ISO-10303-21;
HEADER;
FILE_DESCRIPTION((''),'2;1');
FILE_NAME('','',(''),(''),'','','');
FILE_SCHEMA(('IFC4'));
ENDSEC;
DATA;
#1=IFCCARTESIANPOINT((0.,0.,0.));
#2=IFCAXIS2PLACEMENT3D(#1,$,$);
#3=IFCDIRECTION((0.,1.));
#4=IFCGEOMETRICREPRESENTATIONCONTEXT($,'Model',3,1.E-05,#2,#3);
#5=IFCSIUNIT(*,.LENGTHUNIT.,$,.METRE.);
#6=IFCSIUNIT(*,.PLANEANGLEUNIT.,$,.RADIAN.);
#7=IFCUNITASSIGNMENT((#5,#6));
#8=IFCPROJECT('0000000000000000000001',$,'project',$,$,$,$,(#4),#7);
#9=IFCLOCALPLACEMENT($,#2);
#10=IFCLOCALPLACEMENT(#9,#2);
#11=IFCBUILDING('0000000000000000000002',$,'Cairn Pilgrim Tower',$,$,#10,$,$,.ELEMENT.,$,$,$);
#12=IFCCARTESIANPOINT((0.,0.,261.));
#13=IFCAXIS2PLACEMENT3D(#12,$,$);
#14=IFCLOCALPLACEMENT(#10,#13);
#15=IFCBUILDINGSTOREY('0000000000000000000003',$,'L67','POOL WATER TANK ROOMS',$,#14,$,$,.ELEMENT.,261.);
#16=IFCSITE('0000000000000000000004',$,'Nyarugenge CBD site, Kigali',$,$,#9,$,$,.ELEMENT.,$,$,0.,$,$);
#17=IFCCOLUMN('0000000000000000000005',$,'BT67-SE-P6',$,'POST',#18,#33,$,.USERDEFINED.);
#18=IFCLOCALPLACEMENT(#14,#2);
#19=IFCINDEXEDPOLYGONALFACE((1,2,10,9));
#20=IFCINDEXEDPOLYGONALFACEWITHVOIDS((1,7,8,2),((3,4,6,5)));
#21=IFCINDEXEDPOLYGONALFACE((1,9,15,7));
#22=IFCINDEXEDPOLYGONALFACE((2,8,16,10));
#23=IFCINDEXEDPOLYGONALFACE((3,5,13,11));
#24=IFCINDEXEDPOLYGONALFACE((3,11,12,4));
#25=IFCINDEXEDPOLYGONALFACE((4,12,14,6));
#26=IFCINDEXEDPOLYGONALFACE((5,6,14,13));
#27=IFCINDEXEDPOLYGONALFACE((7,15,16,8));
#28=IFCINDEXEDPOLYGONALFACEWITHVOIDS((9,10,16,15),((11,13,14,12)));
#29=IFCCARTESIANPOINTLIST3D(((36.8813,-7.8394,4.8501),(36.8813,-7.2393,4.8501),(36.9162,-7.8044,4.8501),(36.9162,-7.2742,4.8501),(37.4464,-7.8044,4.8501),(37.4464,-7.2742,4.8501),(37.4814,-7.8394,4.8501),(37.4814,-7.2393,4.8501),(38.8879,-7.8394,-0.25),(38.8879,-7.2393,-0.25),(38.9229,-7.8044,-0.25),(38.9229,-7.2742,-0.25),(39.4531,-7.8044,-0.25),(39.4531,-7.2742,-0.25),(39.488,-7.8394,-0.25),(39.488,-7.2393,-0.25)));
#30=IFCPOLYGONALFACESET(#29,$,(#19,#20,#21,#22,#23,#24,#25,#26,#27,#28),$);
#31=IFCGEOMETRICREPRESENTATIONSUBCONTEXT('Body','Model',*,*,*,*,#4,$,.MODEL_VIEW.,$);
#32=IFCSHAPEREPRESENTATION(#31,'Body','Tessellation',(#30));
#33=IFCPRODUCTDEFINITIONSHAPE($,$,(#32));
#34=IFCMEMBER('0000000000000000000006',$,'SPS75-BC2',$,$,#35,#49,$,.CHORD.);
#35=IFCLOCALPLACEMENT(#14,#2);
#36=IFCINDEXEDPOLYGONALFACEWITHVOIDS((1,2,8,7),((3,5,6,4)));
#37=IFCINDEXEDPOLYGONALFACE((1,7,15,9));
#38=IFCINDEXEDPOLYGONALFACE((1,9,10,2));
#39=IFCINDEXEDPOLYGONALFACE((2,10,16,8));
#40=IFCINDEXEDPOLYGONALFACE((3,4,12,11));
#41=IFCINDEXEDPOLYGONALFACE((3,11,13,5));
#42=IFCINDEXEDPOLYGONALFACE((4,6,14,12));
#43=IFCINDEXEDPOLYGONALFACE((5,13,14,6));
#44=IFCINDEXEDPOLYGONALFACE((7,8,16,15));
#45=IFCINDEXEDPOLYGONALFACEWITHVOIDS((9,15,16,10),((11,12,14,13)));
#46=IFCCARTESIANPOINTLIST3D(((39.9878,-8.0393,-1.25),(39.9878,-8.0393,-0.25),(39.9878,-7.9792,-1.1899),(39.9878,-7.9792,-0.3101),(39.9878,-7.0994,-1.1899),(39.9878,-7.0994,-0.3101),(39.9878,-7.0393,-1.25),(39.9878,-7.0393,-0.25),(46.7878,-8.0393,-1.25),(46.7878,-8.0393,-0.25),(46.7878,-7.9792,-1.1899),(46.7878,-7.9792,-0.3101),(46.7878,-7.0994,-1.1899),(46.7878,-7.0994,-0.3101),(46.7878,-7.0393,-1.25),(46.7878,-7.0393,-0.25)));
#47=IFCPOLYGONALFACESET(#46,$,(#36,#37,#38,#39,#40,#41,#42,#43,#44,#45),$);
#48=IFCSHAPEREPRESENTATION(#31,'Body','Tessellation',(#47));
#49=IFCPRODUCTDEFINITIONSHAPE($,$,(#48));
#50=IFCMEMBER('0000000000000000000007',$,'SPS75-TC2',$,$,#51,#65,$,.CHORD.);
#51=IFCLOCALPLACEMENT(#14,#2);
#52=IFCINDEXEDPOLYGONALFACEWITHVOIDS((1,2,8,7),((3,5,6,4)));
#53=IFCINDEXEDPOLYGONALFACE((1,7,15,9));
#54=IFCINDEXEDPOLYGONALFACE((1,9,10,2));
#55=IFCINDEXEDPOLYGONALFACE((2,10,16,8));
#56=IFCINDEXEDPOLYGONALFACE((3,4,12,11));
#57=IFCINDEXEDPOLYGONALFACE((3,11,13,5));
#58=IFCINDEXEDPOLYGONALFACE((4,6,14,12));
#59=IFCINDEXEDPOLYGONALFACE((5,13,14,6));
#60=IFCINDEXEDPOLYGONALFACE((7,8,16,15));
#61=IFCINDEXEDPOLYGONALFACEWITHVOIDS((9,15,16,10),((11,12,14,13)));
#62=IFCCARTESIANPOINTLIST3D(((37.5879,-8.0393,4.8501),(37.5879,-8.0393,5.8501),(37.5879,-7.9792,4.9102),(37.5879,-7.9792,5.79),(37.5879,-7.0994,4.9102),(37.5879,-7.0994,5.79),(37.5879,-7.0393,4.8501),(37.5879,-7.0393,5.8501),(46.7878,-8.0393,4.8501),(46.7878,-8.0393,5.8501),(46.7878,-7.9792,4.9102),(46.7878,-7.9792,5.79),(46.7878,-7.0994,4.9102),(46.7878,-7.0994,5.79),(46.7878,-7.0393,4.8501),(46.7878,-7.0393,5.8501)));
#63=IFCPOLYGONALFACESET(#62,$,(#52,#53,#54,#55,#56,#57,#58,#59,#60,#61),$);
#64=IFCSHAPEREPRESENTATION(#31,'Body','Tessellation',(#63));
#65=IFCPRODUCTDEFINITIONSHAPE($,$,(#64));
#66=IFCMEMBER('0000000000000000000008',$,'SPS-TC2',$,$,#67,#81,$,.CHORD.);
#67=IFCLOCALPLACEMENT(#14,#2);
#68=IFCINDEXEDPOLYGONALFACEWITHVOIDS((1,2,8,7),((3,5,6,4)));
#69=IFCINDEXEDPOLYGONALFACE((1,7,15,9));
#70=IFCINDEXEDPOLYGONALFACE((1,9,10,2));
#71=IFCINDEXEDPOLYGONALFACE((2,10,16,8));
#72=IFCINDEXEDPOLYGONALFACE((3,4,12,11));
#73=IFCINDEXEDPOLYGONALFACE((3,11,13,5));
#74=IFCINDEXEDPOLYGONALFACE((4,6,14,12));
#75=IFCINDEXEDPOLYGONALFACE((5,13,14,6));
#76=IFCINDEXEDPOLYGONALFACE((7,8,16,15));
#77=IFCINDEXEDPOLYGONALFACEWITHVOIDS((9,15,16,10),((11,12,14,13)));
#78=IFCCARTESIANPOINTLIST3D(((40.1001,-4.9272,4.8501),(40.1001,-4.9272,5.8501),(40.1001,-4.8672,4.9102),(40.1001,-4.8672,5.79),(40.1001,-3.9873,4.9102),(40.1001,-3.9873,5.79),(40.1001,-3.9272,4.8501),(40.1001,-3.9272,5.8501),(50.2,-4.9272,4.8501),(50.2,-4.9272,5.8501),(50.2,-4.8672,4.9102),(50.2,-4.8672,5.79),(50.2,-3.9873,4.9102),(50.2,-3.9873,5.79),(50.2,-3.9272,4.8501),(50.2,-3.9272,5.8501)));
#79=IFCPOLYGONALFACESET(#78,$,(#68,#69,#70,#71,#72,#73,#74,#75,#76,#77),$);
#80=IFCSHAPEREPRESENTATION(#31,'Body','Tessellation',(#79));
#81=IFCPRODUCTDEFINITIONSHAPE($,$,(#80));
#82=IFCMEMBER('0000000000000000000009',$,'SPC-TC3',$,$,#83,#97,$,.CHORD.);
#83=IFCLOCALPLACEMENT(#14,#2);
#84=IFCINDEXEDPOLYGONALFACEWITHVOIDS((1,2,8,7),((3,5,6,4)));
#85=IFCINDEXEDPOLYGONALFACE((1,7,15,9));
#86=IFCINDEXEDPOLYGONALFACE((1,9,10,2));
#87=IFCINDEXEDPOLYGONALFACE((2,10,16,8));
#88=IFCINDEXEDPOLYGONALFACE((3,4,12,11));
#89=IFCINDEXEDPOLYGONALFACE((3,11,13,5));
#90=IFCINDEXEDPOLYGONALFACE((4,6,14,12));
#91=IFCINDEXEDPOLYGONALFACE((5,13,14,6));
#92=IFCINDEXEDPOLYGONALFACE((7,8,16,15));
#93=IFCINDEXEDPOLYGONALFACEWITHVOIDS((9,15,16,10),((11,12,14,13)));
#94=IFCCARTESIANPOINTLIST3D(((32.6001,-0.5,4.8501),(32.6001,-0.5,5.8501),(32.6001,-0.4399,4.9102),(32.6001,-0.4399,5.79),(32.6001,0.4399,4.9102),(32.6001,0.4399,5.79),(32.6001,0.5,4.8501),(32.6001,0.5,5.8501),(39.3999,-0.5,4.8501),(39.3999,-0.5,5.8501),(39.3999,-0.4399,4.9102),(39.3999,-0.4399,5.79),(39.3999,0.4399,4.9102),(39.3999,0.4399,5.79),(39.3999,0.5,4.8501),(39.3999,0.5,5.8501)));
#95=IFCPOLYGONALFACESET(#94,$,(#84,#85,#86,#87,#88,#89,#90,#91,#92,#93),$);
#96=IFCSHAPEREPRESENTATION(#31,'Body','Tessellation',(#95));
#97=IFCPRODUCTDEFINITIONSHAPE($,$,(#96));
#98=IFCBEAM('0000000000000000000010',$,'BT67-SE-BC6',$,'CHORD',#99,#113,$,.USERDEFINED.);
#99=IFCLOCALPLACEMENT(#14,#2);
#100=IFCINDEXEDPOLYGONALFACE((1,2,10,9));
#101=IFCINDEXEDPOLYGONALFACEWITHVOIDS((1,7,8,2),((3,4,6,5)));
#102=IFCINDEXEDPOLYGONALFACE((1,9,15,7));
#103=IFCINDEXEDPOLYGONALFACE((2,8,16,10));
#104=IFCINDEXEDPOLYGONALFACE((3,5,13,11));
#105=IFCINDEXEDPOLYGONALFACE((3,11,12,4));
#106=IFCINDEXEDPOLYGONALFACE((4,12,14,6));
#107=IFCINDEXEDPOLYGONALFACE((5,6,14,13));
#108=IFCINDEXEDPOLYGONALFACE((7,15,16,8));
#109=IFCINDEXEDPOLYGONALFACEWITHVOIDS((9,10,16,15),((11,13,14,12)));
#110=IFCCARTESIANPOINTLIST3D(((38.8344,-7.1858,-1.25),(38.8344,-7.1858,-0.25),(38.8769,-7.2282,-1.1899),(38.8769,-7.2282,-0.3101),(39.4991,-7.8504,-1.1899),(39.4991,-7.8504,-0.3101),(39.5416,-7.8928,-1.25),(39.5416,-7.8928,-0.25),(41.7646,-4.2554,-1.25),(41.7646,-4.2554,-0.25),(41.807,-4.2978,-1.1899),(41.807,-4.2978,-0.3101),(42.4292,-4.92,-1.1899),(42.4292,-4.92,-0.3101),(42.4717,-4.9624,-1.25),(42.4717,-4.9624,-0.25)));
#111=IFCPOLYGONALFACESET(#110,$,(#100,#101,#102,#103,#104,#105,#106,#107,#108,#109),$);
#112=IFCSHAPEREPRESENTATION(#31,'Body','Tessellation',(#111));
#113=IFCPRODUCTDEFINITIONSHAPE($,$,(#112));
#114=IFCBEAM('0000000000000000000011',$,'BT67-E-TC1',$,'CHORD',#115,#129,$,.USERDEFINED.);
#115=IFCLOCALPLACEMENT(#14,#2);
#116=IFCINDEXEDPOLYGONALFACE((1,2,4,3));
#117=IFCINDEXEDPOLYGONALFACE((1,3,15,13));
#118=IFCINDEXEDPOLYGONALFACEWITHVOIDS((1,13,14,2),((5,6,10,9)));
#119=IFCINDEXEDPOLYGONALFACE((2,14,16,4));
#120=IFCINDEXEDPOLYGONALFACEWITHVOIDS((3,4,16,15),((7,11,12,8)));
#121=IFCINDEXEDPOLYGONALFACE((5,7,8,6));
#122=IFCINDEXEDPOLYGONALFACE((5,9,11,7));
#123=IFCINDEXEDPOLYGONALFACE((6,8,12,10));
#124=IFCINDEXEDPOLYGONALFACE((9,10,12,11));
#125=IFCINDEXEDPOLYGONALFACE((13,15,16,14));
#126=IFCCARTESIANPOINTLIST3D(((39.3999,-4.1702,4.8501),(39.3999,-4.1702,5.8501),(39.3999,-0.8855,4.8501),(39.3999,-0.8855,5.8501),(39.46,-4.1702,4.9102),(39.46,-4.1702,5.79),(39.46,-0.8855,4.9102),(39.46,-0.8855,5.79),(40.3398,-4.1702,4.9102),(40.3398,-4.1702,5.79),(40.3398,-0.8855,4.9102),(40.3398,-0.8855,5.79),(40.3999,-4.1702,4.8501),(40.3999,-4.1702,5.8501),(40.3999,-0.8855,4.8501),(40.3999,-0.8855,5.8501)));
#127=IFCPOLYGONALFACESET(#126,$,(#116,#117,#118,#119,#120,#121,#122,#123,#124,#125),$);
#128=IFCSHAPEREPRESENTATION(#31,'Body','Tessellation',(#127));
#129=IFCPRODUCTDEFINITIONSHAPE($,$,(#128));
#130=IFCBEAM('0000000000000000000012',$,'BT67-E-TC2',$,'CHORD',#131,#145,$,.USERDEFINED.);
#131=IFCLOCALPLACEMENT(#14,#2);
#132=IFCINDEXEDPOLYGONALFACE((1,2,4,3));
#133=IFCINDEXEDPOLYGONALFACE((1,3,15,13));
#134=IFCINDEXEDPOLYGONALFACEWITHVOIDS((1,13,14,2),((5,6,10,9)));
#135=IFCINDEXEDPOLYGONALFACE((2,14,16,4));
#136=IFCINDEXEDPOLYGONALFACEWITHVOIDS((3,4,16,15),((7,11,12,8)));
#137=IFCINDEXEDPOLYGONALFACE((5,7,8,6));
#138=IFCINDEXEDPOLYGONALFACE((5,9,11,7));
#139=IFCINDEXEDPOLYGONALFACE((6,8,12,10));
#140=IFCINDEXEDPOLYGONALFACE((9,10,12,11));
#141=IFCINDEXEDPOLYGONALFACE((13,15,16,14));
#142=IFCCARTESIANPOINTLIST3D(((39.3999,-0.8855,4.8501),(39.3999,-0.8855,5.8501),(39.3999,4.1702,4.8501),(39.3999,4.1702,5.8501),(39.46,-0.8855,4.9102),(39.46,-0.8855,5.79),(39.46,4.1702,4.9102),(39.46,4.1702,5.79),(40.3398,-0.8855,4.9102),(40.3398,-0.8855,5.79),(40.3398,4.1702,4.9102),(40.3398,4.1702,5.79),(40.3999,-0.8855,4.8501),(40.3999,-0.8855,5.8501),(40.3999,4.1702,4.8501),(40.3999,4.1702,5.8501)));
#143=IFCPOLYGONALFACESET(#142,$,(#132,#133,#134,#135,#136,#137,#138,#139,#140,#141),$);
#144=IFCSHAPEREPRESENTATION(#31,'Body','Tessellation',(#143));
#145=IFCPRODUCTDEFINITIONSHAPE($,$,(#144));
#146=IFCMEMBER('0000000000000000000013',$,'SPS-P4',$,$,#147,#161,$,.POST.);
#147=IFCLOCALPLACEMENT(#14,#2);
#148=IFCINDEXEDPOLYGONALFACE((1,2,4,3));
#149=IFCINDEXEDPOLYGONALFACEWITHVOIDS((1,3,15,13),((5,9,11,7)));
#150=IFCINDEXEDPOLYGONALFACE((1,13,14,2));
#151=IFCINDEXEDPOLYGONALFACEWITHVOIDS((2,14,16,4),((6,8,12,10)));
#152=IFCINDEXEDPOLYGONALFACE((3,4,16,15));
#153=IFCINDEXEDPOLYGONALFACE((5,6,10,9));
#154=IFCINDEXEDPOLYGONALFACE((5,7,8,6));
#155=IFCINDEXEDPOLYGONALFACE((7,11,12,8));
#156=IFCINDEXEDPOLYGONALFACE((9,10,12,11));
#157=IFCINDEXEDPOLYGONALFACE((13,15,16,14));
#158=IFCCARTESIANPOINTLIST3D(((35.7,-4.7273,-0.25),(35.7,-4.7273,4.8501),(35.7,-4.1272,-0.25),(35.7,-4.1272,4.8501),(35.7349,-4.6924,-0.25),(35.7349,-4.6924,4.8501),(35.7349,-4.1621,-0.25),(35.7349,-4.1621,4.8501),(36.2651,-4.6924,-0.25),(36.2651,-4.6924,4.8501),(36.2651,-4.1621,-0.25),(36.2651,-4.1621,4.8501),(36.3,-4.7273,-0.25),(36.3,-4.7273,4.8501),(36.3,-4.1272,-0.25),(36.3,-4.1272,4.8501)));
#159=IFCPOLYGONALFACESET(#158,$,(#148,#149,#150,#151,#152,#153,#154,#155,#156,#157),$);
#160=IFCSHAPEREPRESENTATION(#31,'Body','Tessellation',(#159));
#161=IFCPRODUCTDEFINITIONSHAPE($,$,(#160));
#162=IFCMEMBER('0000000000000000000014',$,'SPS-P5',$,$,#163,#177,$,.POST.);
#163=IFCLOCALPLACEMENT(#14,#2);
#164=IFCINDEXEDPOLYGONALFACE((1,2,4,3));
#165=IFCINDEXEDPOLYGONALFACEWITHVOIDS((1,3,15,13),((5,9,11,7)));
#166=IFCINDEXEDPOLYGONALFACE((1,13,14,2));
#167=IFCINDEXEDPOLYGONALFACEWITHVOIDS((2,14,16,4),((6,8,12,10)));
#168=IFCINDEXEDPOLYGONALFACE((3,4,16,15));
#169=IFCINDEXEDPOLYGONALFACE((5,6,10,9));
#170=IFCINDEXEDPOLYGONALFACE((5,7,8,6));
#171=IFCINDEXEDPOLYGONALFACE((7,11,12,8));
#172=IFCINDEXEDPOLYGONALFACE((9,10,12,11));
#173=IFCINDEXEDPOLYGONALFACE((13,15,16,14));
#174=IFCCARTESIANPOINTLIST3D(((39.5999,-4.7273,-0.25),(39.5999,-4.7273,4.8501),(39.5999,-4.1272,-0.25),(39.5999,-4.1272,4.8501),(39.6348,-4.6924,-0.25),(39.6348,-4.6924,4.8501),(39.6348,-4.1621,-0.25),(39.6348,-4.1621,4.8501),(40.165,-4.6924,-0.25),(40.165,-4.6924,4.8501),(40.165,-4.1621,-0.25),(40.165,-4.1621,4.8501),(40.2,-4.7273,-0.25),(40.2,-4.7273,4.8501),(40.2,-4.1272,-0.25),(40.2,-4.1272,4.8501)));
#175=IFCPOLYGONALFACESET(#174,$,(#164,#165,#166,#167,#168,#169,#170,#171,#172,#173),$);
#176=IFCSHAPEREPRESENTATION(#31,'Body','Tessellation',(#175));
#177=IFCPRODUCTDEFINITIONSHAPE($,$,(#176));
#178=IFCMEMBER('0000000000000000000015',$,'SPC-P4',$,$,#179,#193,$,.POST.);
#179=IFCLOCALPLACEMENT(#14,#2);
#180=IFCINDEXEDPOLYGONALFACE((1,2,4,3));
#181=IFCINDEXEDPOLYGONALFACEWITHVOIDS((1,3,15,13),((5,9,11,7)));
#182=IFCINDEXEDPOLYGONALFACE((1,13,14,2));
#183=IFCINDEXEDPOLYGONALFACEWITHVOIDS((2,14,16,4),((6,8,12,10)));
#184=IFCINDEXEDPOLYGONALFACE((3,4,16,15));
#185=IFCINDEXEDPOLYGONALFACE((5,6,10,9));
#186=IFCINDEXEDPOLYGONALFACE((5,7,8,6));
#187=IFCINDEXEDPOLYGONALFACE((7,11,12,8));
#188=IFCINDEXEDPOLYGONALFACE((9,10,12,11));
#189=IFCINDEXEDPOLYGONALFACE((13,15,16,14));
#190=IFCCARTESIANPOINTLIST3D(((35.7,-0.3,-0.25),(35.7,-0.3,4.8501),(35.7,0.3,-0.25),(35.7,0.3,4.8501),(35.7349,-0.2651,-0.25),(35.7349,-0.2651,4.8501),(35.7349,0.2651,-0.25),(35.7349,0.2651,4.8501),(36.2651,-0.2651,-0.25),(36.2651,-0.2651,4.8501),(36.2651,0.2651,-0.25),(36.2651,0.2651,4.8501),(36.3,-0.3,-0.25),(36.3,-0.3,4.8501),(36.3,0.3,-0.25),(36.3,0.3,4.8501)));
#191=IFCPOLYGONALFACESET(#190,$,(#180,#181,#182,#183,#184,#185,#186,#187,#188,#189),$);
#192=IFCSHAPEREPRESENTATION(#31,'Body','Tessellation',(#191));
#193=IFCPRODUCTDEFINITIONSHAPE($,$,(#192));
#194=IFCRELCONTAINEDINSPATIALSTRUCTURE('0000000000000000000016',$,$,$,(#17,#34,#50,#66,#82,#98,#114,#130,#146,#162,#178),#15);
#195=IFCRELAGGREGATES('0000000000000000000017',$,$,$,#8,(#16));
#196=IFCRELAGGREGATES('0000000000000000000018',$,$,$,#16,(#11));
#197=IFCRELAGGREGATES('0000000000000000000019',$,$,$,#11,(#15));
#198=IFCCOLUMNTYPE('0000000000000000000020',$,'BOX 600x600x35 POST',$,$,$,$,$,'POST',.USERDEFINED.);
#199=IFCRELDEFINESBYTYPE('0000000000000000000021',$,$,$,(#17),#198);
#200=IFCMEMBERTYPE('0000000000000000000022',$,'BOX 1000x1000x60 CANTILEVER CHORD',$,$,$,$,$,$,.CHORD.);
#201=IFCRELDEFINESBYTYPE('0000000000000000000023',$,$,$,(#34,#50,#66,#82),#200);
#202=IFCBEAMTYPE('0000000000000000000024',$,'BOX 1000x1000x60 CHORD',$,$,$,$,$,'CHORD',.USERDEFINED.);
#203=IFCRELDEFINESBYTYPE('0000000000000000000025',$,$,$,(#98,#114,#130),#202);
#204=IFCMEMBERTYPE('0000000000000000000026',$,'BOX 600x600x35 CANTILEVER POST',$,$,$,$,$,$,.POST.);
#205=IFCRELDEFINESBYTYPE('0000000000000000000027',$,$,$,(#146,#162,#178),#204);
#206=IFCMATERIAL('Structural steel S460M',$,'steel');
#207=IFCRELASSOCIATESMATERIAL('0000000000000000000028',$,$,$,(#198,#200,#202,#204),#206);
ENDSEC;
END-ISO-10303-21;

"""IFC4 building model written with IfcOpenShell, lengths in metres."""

from ifc_helpers import new_model, si_unit, direction, frame, origin, origin_2d, place, context, subcontext, project, spatial, hollow_rectangle, extrude, clip, halfspace, material, material_profile, profile_set, type_object, element, save


model = new_model("IFC4")

# Units and contexts
model_context = context("Model", 3, precision=1e-05, world=origin(), true_north=direction((0.0, 1.0)))
body_context = subcontext(model_context, "Body", "Model", "MODEL_VIEW")
ifc_project = project(units=[si_unit("LENGTHUNIT", "METRE"), si_unit("PLANEANGLEUNIT", "RADIAN")], contexts=[model_context])

# Site, building, storey
site_placement = place(None, origin())
site = spatial("IfcSite", under=ifc_project, at=site_placement, Name="Nyarugenge CBD site, Kigali", CompositionType="ELEMENT", RefElevation=0.0)
building_placement = place(site_placement, origin())
building = spatial("IfcBuilding", under=site, at=building_placement, Name="Cairn Pilgrim Tower", CompositionType="ELEMENT")
storey_placement = place(building_placement, frame((0.0, 0.0, 261.0)))
storey = spatial("IfcBuildingStorey", under=building, at=storey_placement, Name="L67", Description="POOL WATER TANK ROOMS", CompositionType="ELEMENT", Elevation=261.0)

# Column
ifc_material = material(Name="Structural steel S460M", Category="steel")
ifc_material_profile_1 = material_profile(ifc_material, hollow_rectangle(XDim=0.6001, YDim=0.6001, WallThickness=0.0349, at=origin_2d()), Name="BOX 600x600x35")
ifc_profile_set_1 = profile_set([ifc_material_profile_1], Name="Structural steel S460M")
column_type = type_object("IfcColumnType", Name="BOX 600x600x35 POST", ElementType="POST", PredefinedType="USERDEFINED", material=ifc_profile_set_1)
column_placement = place(storey_placement, frame((39.188, -7.5393, -0.25), z_axis=(0.0, 0.0, 1.0), x_axis=(1.0, 0.0, 0.0)))
element("IfcColumn", 1, at=column_placement, inside=storey, type_object=column_type, Name="BT67-SE-P6", ObjectType="POST", PredefinedType="USERDEFINED", context=body_context, shape_type="Clipping", body=[
    clip(extrude(hollow_rectangle(XDim=0.6001, YDim=0.6001, WallThickness=0.0349, at=origin_2d()), origin(), (-0.366139, 0.0, 0.93056), 6.5552), halfspace(frame((0.0, 0.0, 5.1001), z_axis=(0.0, 0.0, 1.0), x_axis=(1.0, 0.0, 0.0)), False)),
])

# Members
ifc_material_profile_2 = material_profile(ifc_material, hollow_rectangle(XDim=1.0, YDim=1.0, WallThickness=0.0601, at=origin_2d()), Name="BOX 1000x1000x60")
ifc_profile_set_2 = profile_set([ifc_material_profile_2], Name="Structural steel S460M")
member_type_1 = type_object("IfcMemberType", Name="BOX 1000x1000x60 CANTILEVER CHORD", PredefinedType="CHORD", material=ifc_profile_set_2)
member_1_placement = place(storey_placement, frame((39.9878, -7.5393, -0.75), z_axis=(1.0, 0.0, 0.0), x_axis=(0.0, 1.0, 0.0)))
element("IfcMember", 2, at=member_1_placement, inside=storey, type_object=member_type_1, Name="SPS75-BC2", PredefinedType="CHORD", context=body_context, shape_type="SweptSolid", body=[
    extrude(hollow_rectangle(XDim=1.0, YDim=1.0, WallThickness=0.0601, at=origin_2d()), origin(), (0.0, 0.0, 1.0), 6.8),
])
member_2_placement = place(storey_placement, frame((37.5879, -7.5393, 5.3501), z_axis=(1.0, 0.0, 0.0), x_axis=(0.0, 1.0, 0.0)))
element("IfcMember", 3, at=member_2_placement, inside=storey, type_object=member_type_1, Name="SPS75-TC2", PredefinedType="CHORD", context=body_context, shape_type="SweptSolid", body=[
    extrude(hollow_rectangle(XDim=1.0, YDim=1.0, WallThickness=0.0601, at=origin_2d()), origin(), (0.0, 0.0, 1.0), 9.2),
])
member_3_placement = place(storey_placement, frame((40.1001, -4.4272, 5.3501), z_axis=(1.0, 0.0, 0.0), x_axis=(0.0, 1.0, 0.0)))
element("IfcMember", 4, at=member_3_placement, inside=storey, type_object=member_type_1, Name="SPS-TC2", PredefinedType="CHORD", context=body_context, shape_type="SweptSolid", body=[
    extrude(hollow_rectangle(XDim=1.0, YDim=1.0, WallThickness=0.0601, at=origin_2d()), origin(), (0.0, 0.0, 1.0), 10.0999),
])
member_4_placement = place(storey_placement, frame((32.6001, 0.0, 5.3501), z_axis=(1.0, 0.0, 0.0), x_axis=(0.0, 1.0, 0.0)))
element("IfcMember", 5, at=member_4_placement, inside=storey, type_object=member_type_1, Name="SPC-TC3", PredefinedType="CHORD", context=body_context, shape_type="SweptSolid", body=[
    extrude(hollow_rectangle(XDim=1.0, YDim=1.0, WallThickness=0.0601, at=origin_2d()), origin(), (0.0, 0.0, 1.0), 6.7998),
])

# Beams
ifc_material_profile_3 = material_profile(ifc_material, hollow_rectangle(XDim=1.0, YDim=1.0, WallThickness=0.0601, at=origin_2d()), Name="BOX 1000x1000x60")
ifc_profile_set_3 = profile_set([ifc_material_profile_3], Name="Structural steel S460M")
beam_type_1 = type_object("IfcBeamType", Name="BOX 1000x1000x60 CHORD", ElementType="CHORD", PredefinedType="USERDEFINED", material=ifc_profile_set_3)
beam_1_placement = place(storey_placement, frame((39.188, -7.5393, -0.75), z_axis=(0.707077, 0.707136, 0.0), x_axis=(-0.707136, 0.707077, 0.0)))
element("IfcBeam", 6, at=beam_1_placement, inside=storey, type_object=beam_type_1, Name="BT67-SE-BC6", ObjectType="CHORD", PredefinedType="USERDEFINED", context=body_context, shape_type="SweptSolid", body=[
    extrude(hollow_rectangle(XDim=1.0, YDim=1.0, WallThickness=0.0601, at=origin_2d()), origin(), (0.0, 0.0, 1.0), 4.144),
])
beam_2_placement = place(storey_placement, frame((39.8999, -4.1702, 5.3501), z_axis=(0.0, 1.0, 0.0), x_axis=(-1.0, 0.0, 0.0)))
element("IfcBeam", 7, at=beam_2_placement, inside=storey, type_object=beam_type_1, Name="BT67-E-TC1", ObjectType="CHORD", PredefinedType="USERDEFINED", context=body_context, shape_type="SweptSolid", body=[
    extrude(hollow_rectangle(XDim=1.0, YDim=1.0, WallThickness=0.0601, at=origin_2d()), origin(), (0.0, 0.0, 1.0), 3.2847),
])
beam_3_placement = place(storey_placement, frame((39.8999, -0.8855, 5.3501), z_axis=(0.0, 1.0, 0.0), x_axis=(-1.0, 0.0, 0.0)))
element("IfcBeam", 8, at=beam_3_placement, inside=storey, type_object=beam_type_1, Name="BT67-E-TC2", ObjectType="CHORD", PredefinedType="USERDEFINED", context=body_context, shape_type="SweptSolid", body=[
    extrude(hollow_rectangle(XDim=1.0, YDim=1.0, WallThickness=0.0601, at=origin_2d()), origin(), (0.0, 0.0, 1.0), 5.0557),
])

# Members
ifc_material_profile_4 = material_profile(ifc_material, hollow_rectangle(XDim=0.6001, YDim=0.6001, WallThickness=0.0349, at=origin_2d()), Name="BOX 600x600x35")
ifc_profile_set_4 = profile_set([ifc_material_profile_4], Name="Structural steel S460M")
member_type_2 = type_object("IfcMemberType", Name="BOX 600x600x35 CANTILEVER POST", PredefinedType="POST", material=ifc_profile_set_4)
for number, where, z_axis, x_axis, name in (
    (9, (36.0, -4.4272, -0.25), (0.0, 0.0, 1.0), (1.0, 0.0, 0.0), "SPS-P4"),
    (10, (39.8999, -4.4272, -0.25), (0.0, 0.0, 1.0), (1.0, 0.0, 0.0), "SPS-P5"),
    (11, (36.0, 0.0, -0.25), (0.0, 0.0, 1.0), (1.0, 0.0, 0.0), "SPC-P4"),
):
    element("IfcMember", number, at=place(storey_placement, frame(where, z_axis=z_axis, x_axis=x_axis)), inside=storey, type_object=member_type_2, Name=name, PredefinedType="POST", context=body_context, shape_type="SweptSolid", body=[
        extrude(hollow_rectangle(XDim=0.6001, YDim=0.6001, WallThickness=0.0349, at=origin_2d()), origin(), (0.0, 0.0, 1.0), 5.1001),
    ])

save(model, "model.ifc")
